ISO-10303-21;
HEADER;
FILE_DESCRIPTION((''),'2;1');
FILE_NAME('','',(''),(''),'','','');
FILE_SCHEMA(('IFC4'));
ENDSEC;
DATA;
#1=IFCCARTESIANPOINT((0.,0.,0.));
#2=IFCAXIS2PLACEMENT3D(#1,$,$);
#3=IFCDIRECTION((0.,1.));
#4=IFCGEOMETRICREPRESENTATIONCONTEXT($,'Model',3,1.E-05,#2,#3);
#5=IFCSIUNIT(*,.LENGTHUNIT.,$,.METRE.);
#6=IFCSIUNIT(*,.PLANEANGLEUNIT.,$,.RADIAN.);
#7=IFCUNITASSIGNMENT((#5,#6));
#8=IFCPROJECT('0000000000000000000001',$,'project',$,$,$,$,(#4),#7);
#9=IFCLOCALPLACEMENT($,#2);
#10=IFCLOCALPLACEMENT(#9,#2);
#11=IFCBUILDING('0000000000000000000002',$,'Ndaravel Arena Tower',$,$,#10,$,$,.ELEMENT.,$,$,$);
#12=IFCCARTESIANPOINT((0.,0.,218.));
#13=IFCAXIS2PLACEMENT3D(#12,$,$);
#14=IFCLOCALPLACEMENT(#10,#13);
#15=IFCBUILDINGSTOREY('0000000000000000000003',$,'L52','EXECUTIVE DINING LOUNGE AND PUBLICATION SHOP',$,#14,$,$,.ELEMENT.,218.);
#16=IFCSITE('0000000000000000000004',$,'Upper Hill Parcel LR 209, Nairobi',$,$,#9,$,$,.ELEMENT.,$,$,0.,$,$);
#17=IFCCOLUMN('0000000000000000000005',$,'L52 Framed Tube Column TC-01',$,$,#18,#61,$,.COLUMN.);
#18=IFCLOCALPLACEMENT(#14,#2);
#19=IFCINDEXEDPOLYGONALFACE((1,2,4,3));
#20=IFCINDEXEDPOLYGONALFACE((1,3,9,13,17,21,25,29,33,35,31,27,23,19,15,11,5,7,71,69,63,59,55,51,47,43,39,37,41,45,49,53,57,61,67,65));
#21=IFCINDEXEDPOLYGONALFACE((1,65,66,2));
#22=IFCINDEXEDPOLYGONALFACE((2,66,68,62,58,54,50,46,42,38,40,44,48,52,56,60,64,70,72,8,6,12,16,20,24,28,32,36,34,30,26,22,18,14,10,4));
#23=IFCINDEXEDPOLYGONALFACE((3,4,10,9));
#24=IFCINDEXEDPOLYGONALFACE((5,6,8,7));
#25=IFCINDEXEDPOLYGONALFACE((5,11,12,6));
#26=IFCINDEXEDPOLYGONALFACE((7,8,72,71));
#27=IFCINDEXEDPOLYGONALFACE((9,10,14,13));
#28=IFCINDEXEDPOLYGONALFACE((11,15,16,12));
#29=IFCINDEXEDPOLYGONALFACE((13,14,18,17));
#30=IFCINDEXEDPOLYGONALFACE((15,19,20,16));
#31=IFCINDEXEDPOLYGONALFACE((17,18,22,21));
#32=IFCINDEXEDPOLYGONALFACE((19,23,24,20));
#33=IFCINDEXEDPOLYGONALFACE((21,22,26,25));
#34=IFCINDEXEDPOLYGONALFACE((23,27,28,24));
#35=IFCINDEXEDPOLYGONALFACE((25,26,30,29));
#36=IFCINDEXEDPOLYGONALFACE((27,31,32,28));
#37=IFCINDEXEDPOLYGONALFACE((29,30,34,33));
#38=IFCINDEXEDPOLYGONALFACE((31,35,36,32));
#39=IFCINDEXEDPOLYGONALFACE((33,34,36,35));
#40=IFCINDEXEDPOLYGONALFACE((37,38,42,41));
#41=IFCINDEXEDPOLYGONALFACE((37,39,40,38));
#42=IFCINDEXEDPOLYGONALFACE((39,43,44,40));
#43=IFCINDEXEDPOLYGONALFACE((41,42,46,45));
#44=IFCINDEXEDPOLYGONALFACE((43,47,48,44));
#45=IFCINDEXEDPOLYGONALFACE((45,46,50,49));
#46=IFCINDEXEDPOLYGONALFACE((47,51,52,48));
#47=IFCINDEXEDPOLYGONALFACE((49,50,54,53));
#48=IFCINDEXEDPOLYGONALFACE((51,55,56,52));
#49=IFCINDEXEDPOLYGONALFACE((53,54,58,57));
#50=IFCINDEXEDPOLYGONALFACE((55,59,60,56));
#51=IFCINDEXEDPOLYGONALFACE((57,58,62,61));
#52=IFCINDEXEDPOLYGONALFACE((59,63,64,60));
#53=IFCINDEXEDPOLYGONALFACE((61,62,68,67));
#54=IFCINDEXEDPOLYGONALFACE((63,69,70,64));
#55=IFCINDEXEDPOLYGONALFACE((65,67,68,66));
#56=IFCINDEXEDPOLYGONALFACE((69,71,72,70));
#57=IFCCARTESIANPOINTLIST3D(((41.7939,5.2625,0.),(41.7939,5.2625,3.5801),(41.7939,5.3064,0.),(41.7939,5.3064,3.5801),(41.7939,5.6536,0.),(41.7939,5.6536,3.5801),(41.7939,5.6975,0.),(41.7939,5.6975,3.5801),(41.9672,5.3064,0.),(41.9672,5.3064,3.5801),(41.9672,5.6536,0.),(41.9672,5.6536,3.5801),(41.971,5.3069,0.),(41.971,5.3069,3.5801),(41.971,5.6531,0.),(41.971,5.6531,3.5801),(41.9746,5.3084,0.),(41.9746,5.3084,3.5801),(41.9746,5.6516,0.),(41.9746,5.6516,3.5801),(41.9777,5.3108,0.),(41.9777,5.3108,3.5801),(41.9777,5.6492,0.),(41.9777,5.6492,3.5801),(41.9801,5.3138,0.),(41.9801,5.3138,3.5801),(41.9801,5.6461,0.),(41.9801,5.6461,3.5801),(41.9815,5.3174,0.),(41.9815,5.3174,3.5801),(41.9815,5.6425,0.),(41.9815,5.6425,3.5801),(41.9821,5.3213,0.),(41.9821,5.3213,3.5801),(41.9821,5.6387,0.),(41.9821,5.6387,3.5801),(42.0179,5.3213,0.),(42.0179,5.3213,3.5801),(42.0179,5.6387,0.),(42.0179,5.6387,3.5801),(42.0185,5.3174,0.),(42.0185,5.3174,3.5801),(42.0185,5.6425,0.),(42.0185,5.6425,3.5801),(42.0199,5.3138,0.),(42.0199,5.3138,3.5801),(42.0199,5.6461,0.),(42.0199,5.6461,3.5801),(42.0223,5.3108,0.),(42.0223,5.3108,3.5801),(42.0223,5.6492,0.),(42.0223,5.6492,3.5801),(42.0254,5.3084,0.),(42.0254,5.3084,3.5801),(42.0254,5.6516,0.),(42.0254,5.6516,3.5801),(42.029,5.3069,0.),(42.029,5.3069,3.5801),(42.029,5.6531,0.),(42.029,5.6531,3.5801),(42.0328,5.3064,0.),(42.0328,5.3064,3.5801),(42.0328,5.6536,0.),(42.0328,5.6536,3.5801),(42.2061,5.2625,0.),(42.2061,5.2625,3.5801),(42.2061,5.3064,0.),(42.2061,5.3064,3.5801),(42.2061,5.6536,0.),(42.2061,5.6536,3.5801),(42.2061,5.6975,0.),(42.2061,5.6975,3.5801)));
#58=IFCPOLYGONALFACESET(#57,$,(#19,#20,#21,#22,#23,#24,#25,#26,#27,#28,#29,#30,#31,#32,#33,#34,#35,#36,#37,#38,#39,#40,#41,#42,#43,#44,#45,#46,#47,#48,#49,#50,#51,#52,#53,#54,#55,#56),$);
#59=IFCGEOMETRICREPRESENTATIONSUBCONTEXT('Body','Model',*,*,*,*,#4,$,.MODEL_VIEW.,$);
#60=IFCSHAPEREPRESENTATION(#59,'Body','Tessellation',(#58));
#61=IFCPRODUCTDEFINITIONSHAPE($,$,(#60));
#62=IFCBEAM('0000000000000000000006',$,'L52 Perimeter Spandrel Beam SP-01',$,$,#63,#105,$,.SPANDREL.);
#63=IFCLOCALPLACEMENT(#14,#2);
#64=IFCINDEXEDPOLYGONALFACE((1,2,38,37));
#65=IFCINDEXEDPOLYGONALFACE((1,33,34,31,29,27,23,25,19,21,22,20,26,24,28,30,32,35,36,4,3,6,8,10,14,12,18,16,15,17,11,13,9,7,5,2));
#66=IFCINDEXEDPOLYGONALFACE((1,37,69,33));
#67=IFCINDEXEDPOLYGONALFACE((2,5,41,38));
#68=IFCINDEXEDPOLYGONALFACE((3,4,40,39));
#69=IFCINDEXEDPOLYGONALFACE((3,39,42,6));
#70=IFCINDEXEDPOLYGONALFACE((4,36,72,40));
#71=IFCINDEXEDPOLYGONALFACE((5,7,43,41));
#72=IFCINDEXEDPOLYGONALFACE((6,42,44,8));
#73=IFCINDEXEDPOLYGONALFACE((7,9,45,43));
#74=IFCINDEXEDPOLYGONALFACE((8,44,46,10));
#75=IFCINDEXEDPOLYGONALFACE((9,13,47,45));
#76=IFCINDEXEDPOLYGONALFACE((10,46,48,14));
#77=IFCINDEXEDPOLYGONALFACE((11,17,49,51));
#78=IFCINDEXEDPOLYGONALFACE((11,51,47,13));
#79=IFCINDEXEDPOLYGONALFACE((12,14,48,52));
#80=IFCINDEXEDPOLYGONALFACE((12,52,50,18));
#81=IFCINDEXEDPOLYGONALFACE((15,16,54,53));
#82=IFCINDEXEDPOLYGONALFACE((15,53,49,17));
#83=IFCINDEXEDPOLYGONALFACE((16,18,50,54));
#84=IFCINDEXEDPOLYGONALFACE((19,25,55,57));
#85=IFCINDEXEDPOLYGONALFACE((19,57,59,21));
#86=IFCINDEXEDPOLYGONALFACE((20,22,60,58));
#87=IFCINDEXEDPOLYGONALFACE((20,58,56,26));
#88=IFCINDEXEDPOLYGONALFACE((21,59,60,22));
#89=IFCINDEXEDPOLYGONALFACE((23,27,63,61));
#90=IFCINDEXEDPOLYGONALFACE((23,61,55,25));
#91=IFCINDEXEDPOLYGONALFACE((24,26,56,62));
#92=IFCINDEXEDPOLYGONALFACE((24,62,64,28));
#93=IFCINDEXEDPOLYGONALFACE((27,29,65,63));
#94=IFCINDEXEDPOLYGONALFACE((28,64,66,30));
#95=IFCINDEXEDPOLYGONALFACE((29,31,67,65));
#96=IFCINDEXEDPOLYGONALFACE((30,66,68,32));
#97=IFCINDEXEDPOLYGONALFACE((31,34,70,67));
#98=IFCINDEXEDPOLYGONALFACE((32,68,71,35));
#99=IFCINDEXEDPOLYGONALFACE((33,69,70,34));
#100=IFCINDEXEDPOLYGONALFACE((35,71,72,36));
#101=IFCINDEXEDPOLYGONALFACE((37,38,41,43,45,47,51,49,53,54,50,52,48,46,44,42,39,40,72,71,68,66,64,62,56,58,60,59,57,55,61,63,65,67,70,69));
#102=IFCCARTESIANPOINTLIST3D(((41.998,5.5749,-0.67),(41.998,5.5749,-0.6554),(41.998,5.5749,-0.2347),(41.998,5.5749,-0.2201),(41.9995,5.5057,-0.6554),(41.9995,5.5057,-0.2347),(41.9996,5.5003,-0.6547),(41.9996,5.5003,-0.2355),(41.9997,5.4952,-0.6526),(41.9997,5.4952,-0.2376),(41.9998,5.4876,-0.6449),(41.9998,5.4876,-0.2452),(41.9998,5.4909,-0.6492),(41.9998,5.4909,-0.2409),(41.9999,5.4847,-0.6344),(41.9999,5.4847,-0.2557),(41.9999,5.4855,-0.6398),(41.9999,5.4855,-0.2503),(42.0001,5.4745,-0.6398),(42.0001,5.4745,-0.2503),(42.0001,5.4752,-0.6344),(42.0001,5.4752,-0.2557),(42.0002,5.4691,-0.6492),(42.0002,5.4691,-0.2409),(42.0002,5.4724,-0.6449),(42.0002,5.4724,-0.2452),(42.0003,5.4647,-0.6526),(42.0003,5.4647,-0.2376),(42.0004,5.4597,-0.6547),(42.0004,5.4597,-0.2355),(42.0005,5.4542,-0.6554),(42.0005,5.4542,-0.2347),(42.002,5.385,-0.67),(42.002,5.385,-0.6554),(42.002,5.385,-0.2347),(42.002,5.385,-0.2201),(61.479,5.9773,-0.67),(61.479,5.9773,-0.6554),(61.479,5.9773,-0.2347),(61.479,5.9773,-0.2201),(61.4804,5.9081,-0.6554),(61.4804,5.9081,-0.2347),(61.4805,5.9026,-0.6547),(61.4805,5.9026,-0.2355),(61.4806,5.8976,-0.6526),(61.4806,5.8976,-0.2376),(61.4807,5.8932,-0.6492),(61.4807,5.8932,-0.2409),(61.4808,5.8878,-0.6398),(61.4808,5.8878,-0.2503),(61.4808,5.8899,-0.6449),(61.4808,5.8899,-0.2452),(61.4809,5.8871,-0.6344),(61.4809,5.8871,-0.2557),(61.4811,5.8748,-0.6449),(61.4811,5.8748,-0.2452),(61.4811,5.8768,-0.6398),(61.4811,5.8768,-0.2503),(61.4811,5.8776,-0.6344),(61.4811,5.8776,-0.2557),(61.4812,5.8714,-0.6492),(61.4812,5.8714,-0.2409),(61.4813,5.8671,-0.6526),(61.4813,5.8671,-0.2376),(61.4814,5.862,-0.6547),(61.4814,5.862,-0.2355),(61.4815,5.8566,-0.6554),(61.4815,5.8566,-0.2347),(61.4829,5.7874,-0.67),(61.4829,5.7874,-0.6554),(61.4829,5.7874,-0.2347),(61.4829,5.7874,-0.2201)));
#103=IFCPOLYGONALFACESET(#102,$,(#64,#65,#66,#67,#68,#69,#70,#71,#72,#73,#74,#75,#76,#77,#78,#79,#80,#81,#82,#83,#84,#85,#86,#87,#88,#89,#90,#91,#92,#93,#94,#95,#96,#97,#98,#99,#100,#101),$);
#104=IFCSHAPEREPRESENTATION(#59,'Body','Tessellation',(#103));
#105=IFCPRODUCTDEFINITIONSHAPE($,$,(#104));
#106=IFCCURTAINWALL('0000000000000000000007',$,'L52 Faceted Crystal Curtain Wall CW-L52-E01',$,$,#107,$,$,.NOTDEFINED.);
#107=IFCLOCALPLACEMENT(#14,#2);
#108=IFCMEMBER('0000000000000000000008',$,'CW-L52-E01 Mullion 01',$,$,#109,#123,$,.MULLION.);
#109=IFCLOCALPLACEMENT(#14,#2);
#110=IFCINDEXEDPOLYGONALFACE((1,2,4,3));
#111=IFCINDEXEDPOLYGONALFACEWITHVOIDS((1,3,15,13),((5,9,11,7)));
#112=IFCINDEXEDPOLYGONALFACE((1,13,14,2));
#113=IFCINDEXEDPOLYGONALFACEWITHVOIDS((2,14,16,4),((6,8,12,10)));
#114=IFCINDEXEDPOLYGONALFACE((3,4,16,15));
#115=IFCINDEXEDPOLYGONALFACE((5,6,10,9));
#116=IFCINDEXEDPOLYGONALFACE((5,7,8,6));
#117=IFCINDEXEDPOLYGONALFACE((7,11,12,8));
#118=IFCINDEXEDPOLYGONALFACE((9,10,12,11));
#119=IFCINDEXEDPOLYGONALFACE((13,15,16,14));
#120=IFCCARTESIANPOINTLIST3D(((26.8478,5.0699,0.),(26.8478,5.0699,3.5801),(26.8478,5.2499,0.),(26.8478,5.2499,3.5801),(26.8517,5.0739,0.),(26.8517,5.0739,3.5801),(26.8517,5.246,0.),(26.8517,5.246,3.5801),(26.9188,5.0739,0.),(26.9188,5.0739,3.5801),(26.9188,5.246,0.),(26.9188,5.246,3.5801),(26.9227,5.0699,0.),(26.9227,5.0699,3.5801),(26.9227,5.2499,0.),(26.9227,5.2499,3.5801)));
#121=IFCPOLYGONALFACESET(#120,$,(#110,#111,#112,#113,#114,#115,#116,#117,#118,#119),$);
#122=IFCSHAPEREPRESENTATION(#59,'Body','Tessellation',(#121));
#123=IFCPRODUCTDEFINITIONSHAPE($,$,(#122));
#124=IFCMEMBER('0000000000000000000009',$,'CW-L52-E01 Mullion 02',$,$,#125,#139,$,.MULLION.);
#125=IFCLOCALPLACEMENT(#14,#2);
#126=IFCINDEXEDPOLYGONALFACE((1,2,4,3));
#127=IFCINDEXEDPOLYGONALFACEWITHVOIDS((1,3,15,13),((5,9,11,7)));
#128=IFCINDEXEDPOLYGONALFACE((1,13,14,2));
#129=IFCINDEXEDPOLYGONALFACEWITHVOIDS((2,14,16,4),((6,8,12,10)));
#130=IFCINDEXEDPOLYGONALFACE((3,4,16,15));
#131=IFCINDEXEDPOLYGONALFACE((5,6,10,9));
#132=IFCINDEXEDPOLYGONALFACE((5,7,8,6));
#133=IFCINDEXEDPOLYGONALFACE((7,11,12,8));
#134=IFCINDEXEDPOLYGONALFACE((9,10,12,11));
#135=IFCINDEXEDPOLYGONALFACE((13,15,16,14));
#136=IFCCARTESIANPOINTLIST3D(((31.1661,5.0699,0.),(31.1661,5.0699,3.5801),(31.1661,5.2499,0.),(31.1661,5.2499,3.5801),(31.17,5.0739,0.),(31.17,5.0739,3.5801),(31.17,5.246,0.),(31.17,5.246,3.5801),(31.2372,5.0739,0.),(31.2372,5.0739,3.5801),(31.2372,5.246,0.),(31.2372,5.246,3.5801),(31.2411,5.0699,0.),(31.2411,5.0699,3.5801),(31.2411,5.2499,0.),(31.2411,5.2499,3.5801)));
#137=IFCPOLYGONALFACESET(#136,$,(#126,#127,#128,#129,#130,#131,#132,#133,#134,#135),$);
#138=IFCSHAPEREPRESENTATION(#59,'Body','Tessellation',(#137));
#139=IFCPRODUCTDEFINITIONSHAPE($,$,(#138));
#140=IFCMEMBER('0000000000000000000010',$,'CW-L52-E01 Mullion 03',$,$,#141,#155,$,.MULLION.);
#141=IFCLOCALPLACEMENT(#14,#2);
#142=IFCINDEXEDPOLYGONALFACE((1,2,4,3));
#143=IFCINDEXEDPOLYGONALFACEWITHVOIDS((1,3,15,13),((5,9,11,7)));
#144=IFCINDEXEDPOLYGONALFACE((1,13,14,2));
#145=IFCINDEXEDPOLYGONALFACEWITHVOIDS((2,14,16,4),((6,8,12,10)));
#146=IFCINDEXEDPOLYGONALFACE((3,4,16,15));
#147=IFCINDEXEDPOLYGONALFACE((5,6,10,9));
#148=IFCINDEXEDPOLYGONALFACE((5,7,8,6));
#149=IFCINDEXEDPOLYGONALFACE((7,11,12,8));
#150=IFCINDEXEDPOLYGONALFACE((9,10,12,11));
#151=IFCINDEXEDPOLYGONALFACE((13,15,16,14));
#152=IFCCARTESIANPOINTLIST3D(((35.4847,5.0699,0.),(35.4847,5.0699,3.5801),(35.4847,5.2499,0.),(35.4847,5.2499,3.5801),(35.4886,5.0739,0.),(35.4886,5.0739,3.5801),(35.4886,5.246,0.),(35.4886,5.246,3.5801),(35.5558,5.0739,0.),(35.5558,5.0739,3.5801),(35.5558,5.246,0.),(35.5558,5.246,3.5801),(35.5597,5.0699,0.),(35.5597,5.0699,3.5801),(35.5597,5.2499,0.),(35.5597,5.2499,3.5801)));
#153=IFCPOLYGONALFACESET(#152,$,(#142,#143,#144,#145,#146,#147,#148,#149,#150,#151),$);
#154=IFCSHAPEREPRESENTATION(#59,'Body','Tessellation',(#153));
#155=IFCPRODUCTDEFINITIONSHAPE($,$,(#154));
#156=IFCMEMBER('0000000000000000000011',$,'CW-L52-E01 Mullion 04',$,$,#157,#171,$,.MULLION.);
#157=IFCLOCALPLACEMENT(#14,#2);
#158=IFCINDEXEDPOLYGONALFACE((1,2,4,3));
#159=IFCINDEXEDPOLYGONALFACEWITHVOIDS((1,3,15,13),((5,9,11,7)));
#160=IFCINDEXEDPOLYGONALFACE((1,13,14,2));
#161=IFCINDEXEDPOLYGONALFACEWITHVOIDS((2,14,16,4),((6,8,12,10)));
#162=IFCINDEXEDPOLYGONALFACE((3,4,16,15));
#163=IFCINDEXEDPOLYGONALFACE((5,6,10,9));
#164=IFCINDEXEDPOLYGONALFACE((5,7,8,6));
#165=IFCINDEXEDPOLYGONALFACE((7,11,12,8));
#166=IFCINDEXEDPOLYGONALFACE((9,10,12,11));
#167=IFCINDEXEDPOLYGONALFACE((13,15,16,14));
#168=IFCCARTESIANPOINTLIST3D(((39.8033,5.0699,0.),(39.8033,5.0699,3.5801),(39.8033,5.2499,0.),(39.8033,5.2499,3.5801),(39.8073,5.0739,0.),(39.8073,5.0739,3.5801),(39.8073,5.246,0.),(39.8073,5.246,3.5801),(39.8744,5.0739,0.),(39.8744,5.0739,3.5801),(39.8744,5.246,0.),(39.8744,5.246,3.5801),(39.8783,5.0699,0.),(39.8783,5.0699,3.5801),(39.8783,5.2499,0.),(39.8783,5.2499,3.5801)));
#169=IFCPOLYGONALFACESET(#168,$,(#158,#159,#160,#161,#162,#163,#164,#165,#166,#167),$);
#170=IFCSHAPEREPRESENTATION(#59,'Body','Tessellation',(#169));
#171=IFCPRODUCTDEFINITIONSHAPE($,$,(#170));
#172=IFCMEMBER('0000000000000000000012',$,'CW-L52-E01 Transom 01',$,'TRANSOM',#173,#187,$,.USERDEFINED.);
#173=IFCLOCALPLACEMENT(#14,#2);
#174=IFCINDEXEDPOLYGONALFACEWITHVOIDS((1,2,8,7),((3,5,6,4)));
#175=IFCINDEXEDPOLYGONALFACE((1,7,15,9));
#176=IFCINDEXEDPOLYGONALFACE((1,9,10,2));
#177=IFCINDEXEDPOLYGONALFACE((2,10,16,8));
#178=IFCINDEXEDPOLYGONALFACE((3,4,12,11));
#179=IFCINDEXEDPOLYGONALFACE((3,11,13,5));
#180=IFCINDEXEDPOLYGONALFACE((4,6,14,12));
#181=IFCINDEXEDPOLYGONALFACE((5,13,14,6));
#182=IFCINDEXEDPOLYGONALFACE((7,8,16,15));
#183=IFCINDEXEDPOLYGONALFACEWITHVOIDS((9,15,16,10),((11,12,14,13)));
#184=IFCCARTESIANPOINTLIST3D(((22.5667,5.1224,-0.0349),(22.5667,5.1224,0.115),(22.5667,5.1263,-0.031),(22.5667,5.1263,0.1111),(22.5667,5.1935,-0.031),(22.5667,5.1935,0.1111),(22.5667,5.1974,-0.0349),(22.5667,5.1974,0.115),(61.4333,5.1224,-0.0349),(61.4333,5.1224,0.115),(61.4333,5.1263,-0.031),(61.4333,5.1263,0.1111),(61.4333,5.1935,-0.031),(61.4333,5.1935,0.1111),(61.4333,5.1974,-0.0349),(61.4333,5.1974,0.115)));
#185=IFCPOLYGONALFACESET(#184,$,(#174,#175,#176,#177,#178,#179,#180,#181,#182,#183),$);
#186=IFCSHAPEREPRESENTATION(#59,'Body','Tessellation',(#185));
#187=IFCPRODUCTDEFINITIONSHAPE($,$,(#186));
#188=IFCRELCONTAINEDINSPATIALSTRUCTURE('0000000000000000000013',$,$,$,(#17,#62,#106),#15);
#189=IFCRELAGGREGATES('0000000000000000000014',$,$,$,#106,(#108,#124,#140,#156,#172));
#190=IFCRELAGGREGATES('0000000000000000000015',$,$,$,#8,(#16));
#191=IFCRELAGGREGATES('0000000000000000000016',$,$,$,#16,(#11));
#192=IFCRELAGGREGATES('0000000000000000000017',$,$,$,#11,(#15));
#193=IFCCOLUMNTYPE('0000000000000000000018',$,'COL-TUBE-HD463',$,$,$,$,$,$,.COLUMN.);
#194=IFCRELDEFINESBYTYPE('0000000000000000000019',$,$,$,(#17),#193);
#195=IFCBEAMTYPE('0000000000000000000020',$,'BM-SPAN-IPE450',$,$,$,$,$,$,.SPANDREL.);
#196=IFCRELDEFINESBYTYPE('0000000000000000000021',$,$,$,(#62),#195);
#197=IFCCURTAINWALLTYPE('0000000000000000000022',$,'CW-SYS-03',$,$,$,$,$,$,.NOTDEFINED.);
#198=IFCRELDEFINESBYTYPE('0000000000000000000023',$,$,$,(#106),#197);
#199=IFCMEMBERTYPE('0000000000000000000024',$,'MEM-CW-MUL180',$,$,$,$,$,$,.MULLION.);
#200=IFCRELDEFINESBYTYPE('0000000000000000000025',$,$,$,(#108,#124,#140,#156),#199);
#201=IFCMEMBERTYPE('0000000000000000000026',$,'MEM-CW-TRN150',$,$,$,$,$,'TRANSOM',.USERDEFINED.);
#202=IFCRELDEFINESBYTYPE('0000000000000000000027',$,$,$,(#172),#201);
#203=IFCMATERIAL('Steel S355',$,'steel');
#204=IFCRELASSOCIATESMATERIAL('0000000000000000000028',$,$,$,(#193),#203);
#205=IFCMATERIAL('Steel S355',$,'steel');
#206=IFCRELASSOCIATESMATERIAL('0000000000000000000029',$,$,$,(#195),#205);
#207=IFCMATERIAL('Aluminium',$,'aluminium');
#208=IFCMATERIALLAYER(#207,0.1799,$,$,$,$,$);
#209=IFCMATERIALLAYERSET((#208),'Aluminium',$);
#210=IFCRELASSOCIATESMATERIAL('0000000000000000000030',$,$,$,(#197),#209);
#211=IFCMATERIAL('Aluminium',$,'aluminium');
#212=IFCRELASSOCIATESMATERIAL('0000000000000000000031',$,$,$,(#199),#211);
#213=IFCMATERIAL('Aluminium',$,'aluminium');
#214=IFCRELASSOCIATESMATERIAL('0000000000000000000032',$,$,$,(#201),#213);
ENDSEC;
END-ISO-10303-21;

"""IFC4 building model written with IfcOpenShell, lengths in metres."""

from ifc_helpers import new_model, si_unit, direction, frame, origin, origin_2d, place, context, subcontext, project, spatial, hollow_rectangle, i_section, extrude, material, layer, layer_set, material_profile, profile_set, type_object, element, aggregate, save


model = new_model("IFC4")

# Units and contexts
model_context = context("Model", 3, precision=1e-05, world=origin(), true_north=direction((0.0, 1.0)))
body_context = subcontext(model_context, "Body", "Model", "MODEL_VIEW")
ifc_project = project(units=[si_unit("LENGTHUNIT", "METRE"), si_unit("PLANEANGLEUNIT", "RADIAN")], contexts=[model_context])

# Site, building, storey
site_placement = place(None, origin())
site = spatial("IfcSite", under=ifc_project, at=site_placement, Name="Upper Hill Parcel LR 209, Nairobi", CompositionType="ELEMENT", RefElevation=0.0)
building_placement = place(site_placement, origin())
building = spatial("IfcBuilding", under=site, at=building_placement, Name="Ndaravel Arena Tower", CompositionType="ELEMENT")
storey_placement = place(building_placement, frame((0.0, 0.0, 218.0)))
storey = spatial("IfcBuildingStorey", under=building, at=storey_placement, Name="L52", Description="EXECUTIVE DINING LOUNGE AND PUBLICATION SHOP", CompositionType="ELEMENT", Elevation=218.0)

# Column
ifc_material_1 = material(Name="Steel S355", Category="steel")
ifc_material_profile_1 = material_profile(ifc_material_1, i_section(OverallWidth=0.4121, OverallDepth=0.4351, WebThickness=0.0359, FlangeThickness=0.0439, FilletRadius=0.0149, at=origin_2d()), Name="HD 400x463")
ifc_profile_set_1 = profile_set([ifc_material_profile_1], Name="Steel S355")
column_type = type_object("IfcColumnType", Name="COL-TUBE-HD463", PredefinedType="COLUMN", material=ifc_profile_set_1)
column_placement = place(storey_placement, frame((42.0, 5.48, 0.0), z_axis=(0.0, 0.0, 1.0), x_axis=(1.0, 0.0, 0.0)))
element("IfcColumn", 1, at=column_placement, inside=storey, type_object=column_type, Name="L52 Framed Tube Column TC-01", PredefinedType="COLUMN", context=body_context, shape_type="SweptSolid", body=[
    extrude(i_section(OverallWidth=0.4121, OverallDepth=0.4351, WebThickness=0.0359, FlangeThickness=0.0439, FilletRadius=0.0149, at=origin_2d()), origin(), (0.0, 0.0, 1.0), 3.5801),
])

# Beam
ifc_material_2 = material(Name="Steel S355", Category="steel")
ifc_material_profile_2 = material_profile(ifc_material_2, i_section(OverallWidth=0.1899, OverallDepth=0.45, WebThickness=0.0095, FlangeThickness=0.0146, FilletRadius=0.021, at=origin_2d()), Name="IPE 450")
ifc_profile_set_2 = profile_set([ifc_material_profile_2], Name="Steel S355")
beam_type = type_object("IfcBeamType", Name="BM-SPAN-IPE450", PredefinedType="SPANDREL", material=ifc_profile_set_2)
beam_placement = place(storey_placement, frame((42.0, 5.48, -0.4451), z_axis=(0.999787, 0.020649, 0.0), x_axis=(-0.020649, 0.999787, 0.0)))
element("IfcBeam", 2, at=beam_placement, inside=storey, type_object=beam_type, Name="L52 Perimeter Spandrel Beam SP-01", PredefinedType="SPANDREL", context=body_context, shape_type="SweptSolid", body=[
    extrude(i_section(OverallWidth=0.1899, OverallDepth=0.45, WebThickness=0.0095, FlangeThickness=0.0146, FilletRadius=0.021, at=origin_2d()), origin(), (0.0, 0.0, 1.0), 19.4851),
])

# Curtain wall, members
ifc_material_3 = material(Name="Aluminium", Category="aluminium")
ifc_layer_1 = layer(ifc_material_3, 0.1799)
ifc_layer_set_1 = layer_set([ifc_layer_1], Name="Aluminium")
curtain_wall_type = type_object("IfcCurtainWallType", Name="CW-SYS-03", PredefinedType="NOTDEFINED", material=ifc_layer_set_1)
curtain_wall_placement = place(storey_placement, origin())
curtain_wall = element("IfcCurtainWall", 3, at=curtain_wall_placement, inside=storey, type_object=curtain_wall_type, Name="L52 Faceted Crystal Curtain Wall CW-L52-E01", PredefinedType="NOTDEFINED")
ifc_material_4 = material(Name="Aluminium", Category="aluminium")
ifc_material_profile_3 = material_profile(ifc_material_4, hollow_rectangle(XDim=0.075, YDim=0.1799, WallThickness=0.0039, at=origin_2d()), Name="CW MULLION 75x180x4")
ifc_profile_set_3 = profile_set([ifc_material_profile_3], Name="Aluminium")
member_type_1 = type_object("IfcMemberType", Name="MEM-CW-MUL180", PredefinedType="MULLION", material=ifc_profile_set_3)
member_1_placement = place(storey_placement, frame((26.8853, 5.1599, 0.0), z_axis=(0.0, 0.0, 1.0), x_axis=(1.0, 0.0, 0.0)))
member_1 = element("IfcMember", 4, at=member_1_placement, type_object=member_type_1, Name="CW-L52-E01 Mullion 01", PredefinedType="MULLION", context=body_context, shape_type="SweptSolid", body=[
    extrude(hollow_rectangle(XDim=0.075, YDim=0.1799, WallThickness=0.0039, at=origin_2d()), origin(), (0.0, 0.0, 1.0), 3.5801),
])
member_2_placement = place(storey_placement, frame((31.2036, 5.1599, 0.0), z_axis=(0.0, 0.0, 1.0), x_axis=(1.0, 0.0, 0.0)))
member_2 = element("IfcMember", 5, at=member_2_placement, type_object=member_type_1, Name="CW-L52-E01 Mullion 02", PredefinedType="MULLION", context=body_context, shape_type="SweptSolid", body=[
    extrude(hollow_rectangle(XDim=0.075, YDim=0.1799, WallThickness=0.0039, at=origin_2d()), origin(), (0.0, 0.0, 1.0), 3.5801),
])
member_3_placement = place(storey_placement, frame((35.5222, 5.1599, 0.0), z_axis=(0.0, 0.0, 1.0), x_axis=(1.0, 0.0, 0.0)))
member_3 = element("IfcMember", 6, at=member_3_placement, type_object=member_type_1, Name="CW-L52-E01 Mullion 03", PredefinedType="MULLION", context=body_context, shape_type="SweptSolid", body=[
    extrude(hollow_rectangle(XDim=0.075, YDim=0.1799, WallThickness=0.0039, at=origin_2d()), origin(), (0.0, 0.0, 1.0), 3.5801),
])
member_4_placement = place(storey_placement, frame((39.8408, 5.1599, 0.0), z_axis=(0.0, 0.0, 1.0), x_axis=(1.0, 0.0, 0.0)))
member_4 = element("IfcMember", 7, at=member_4_placement, type_object=member_type_1, Name="CW-L52-E01 Mullion 04", PredefinedType="MULLION", context=body_context, shape_type="SweptSolid", body=[
    extrude(hollow_rectangle(XDim=0.075, YDim=0.1799, WallThickness=0.0039, at=origin_2d()), origin(), (0.0, 0.0, 1.0), 3.5801),
])
ifc_material_5 = material(Name="Aluminium", Category="aluminium")
ifc_material_profile_4 = material_profile(ifc_material_5, hollow_rectangle(XDim=0.075, YDim=0.1499, WallThickness=0.0039, at=origin_2d()), Name="CW TRANSOM 75x150x4")
ifc_profile_set_4 = profile_set([ifc_material_profile_4], Name="Aluminium")
member_type_2 = type_object("IfcMemberType", Name="MEM-CW-TRN150", ElementType="TRANSOM", PredefinedType="USERDEFINED", material=ifc_profile_set_4)
member_5_placement = place(storey_placement, frame((22.5667, 5.1599, 0.04), z_axis=(1.0, 0.0, 0.0), x_axis=(0.0, 1.0, 0.0)))
member_5 = element("IfcMember", 8, at=member_5_placement, type_object=member_type_2, Name="CW-L52-E01 Transom 01", ObjectType="TRANSOM", PredefinedType="USERDEFINED", context=body_context, shape_type="SweptSolid", body=[
    extrude(hollow_rectangle(XDim=0.075, YDim=0.1499, WallThickness=0.0039, at=origin_2d()), origin(), (0.0, 0.0, 1.0), 38.8667),
])
aggregate(curtain_wall, [member_1, member_2, member_3, member_4, member_5])

save(model, "model.ifc")
